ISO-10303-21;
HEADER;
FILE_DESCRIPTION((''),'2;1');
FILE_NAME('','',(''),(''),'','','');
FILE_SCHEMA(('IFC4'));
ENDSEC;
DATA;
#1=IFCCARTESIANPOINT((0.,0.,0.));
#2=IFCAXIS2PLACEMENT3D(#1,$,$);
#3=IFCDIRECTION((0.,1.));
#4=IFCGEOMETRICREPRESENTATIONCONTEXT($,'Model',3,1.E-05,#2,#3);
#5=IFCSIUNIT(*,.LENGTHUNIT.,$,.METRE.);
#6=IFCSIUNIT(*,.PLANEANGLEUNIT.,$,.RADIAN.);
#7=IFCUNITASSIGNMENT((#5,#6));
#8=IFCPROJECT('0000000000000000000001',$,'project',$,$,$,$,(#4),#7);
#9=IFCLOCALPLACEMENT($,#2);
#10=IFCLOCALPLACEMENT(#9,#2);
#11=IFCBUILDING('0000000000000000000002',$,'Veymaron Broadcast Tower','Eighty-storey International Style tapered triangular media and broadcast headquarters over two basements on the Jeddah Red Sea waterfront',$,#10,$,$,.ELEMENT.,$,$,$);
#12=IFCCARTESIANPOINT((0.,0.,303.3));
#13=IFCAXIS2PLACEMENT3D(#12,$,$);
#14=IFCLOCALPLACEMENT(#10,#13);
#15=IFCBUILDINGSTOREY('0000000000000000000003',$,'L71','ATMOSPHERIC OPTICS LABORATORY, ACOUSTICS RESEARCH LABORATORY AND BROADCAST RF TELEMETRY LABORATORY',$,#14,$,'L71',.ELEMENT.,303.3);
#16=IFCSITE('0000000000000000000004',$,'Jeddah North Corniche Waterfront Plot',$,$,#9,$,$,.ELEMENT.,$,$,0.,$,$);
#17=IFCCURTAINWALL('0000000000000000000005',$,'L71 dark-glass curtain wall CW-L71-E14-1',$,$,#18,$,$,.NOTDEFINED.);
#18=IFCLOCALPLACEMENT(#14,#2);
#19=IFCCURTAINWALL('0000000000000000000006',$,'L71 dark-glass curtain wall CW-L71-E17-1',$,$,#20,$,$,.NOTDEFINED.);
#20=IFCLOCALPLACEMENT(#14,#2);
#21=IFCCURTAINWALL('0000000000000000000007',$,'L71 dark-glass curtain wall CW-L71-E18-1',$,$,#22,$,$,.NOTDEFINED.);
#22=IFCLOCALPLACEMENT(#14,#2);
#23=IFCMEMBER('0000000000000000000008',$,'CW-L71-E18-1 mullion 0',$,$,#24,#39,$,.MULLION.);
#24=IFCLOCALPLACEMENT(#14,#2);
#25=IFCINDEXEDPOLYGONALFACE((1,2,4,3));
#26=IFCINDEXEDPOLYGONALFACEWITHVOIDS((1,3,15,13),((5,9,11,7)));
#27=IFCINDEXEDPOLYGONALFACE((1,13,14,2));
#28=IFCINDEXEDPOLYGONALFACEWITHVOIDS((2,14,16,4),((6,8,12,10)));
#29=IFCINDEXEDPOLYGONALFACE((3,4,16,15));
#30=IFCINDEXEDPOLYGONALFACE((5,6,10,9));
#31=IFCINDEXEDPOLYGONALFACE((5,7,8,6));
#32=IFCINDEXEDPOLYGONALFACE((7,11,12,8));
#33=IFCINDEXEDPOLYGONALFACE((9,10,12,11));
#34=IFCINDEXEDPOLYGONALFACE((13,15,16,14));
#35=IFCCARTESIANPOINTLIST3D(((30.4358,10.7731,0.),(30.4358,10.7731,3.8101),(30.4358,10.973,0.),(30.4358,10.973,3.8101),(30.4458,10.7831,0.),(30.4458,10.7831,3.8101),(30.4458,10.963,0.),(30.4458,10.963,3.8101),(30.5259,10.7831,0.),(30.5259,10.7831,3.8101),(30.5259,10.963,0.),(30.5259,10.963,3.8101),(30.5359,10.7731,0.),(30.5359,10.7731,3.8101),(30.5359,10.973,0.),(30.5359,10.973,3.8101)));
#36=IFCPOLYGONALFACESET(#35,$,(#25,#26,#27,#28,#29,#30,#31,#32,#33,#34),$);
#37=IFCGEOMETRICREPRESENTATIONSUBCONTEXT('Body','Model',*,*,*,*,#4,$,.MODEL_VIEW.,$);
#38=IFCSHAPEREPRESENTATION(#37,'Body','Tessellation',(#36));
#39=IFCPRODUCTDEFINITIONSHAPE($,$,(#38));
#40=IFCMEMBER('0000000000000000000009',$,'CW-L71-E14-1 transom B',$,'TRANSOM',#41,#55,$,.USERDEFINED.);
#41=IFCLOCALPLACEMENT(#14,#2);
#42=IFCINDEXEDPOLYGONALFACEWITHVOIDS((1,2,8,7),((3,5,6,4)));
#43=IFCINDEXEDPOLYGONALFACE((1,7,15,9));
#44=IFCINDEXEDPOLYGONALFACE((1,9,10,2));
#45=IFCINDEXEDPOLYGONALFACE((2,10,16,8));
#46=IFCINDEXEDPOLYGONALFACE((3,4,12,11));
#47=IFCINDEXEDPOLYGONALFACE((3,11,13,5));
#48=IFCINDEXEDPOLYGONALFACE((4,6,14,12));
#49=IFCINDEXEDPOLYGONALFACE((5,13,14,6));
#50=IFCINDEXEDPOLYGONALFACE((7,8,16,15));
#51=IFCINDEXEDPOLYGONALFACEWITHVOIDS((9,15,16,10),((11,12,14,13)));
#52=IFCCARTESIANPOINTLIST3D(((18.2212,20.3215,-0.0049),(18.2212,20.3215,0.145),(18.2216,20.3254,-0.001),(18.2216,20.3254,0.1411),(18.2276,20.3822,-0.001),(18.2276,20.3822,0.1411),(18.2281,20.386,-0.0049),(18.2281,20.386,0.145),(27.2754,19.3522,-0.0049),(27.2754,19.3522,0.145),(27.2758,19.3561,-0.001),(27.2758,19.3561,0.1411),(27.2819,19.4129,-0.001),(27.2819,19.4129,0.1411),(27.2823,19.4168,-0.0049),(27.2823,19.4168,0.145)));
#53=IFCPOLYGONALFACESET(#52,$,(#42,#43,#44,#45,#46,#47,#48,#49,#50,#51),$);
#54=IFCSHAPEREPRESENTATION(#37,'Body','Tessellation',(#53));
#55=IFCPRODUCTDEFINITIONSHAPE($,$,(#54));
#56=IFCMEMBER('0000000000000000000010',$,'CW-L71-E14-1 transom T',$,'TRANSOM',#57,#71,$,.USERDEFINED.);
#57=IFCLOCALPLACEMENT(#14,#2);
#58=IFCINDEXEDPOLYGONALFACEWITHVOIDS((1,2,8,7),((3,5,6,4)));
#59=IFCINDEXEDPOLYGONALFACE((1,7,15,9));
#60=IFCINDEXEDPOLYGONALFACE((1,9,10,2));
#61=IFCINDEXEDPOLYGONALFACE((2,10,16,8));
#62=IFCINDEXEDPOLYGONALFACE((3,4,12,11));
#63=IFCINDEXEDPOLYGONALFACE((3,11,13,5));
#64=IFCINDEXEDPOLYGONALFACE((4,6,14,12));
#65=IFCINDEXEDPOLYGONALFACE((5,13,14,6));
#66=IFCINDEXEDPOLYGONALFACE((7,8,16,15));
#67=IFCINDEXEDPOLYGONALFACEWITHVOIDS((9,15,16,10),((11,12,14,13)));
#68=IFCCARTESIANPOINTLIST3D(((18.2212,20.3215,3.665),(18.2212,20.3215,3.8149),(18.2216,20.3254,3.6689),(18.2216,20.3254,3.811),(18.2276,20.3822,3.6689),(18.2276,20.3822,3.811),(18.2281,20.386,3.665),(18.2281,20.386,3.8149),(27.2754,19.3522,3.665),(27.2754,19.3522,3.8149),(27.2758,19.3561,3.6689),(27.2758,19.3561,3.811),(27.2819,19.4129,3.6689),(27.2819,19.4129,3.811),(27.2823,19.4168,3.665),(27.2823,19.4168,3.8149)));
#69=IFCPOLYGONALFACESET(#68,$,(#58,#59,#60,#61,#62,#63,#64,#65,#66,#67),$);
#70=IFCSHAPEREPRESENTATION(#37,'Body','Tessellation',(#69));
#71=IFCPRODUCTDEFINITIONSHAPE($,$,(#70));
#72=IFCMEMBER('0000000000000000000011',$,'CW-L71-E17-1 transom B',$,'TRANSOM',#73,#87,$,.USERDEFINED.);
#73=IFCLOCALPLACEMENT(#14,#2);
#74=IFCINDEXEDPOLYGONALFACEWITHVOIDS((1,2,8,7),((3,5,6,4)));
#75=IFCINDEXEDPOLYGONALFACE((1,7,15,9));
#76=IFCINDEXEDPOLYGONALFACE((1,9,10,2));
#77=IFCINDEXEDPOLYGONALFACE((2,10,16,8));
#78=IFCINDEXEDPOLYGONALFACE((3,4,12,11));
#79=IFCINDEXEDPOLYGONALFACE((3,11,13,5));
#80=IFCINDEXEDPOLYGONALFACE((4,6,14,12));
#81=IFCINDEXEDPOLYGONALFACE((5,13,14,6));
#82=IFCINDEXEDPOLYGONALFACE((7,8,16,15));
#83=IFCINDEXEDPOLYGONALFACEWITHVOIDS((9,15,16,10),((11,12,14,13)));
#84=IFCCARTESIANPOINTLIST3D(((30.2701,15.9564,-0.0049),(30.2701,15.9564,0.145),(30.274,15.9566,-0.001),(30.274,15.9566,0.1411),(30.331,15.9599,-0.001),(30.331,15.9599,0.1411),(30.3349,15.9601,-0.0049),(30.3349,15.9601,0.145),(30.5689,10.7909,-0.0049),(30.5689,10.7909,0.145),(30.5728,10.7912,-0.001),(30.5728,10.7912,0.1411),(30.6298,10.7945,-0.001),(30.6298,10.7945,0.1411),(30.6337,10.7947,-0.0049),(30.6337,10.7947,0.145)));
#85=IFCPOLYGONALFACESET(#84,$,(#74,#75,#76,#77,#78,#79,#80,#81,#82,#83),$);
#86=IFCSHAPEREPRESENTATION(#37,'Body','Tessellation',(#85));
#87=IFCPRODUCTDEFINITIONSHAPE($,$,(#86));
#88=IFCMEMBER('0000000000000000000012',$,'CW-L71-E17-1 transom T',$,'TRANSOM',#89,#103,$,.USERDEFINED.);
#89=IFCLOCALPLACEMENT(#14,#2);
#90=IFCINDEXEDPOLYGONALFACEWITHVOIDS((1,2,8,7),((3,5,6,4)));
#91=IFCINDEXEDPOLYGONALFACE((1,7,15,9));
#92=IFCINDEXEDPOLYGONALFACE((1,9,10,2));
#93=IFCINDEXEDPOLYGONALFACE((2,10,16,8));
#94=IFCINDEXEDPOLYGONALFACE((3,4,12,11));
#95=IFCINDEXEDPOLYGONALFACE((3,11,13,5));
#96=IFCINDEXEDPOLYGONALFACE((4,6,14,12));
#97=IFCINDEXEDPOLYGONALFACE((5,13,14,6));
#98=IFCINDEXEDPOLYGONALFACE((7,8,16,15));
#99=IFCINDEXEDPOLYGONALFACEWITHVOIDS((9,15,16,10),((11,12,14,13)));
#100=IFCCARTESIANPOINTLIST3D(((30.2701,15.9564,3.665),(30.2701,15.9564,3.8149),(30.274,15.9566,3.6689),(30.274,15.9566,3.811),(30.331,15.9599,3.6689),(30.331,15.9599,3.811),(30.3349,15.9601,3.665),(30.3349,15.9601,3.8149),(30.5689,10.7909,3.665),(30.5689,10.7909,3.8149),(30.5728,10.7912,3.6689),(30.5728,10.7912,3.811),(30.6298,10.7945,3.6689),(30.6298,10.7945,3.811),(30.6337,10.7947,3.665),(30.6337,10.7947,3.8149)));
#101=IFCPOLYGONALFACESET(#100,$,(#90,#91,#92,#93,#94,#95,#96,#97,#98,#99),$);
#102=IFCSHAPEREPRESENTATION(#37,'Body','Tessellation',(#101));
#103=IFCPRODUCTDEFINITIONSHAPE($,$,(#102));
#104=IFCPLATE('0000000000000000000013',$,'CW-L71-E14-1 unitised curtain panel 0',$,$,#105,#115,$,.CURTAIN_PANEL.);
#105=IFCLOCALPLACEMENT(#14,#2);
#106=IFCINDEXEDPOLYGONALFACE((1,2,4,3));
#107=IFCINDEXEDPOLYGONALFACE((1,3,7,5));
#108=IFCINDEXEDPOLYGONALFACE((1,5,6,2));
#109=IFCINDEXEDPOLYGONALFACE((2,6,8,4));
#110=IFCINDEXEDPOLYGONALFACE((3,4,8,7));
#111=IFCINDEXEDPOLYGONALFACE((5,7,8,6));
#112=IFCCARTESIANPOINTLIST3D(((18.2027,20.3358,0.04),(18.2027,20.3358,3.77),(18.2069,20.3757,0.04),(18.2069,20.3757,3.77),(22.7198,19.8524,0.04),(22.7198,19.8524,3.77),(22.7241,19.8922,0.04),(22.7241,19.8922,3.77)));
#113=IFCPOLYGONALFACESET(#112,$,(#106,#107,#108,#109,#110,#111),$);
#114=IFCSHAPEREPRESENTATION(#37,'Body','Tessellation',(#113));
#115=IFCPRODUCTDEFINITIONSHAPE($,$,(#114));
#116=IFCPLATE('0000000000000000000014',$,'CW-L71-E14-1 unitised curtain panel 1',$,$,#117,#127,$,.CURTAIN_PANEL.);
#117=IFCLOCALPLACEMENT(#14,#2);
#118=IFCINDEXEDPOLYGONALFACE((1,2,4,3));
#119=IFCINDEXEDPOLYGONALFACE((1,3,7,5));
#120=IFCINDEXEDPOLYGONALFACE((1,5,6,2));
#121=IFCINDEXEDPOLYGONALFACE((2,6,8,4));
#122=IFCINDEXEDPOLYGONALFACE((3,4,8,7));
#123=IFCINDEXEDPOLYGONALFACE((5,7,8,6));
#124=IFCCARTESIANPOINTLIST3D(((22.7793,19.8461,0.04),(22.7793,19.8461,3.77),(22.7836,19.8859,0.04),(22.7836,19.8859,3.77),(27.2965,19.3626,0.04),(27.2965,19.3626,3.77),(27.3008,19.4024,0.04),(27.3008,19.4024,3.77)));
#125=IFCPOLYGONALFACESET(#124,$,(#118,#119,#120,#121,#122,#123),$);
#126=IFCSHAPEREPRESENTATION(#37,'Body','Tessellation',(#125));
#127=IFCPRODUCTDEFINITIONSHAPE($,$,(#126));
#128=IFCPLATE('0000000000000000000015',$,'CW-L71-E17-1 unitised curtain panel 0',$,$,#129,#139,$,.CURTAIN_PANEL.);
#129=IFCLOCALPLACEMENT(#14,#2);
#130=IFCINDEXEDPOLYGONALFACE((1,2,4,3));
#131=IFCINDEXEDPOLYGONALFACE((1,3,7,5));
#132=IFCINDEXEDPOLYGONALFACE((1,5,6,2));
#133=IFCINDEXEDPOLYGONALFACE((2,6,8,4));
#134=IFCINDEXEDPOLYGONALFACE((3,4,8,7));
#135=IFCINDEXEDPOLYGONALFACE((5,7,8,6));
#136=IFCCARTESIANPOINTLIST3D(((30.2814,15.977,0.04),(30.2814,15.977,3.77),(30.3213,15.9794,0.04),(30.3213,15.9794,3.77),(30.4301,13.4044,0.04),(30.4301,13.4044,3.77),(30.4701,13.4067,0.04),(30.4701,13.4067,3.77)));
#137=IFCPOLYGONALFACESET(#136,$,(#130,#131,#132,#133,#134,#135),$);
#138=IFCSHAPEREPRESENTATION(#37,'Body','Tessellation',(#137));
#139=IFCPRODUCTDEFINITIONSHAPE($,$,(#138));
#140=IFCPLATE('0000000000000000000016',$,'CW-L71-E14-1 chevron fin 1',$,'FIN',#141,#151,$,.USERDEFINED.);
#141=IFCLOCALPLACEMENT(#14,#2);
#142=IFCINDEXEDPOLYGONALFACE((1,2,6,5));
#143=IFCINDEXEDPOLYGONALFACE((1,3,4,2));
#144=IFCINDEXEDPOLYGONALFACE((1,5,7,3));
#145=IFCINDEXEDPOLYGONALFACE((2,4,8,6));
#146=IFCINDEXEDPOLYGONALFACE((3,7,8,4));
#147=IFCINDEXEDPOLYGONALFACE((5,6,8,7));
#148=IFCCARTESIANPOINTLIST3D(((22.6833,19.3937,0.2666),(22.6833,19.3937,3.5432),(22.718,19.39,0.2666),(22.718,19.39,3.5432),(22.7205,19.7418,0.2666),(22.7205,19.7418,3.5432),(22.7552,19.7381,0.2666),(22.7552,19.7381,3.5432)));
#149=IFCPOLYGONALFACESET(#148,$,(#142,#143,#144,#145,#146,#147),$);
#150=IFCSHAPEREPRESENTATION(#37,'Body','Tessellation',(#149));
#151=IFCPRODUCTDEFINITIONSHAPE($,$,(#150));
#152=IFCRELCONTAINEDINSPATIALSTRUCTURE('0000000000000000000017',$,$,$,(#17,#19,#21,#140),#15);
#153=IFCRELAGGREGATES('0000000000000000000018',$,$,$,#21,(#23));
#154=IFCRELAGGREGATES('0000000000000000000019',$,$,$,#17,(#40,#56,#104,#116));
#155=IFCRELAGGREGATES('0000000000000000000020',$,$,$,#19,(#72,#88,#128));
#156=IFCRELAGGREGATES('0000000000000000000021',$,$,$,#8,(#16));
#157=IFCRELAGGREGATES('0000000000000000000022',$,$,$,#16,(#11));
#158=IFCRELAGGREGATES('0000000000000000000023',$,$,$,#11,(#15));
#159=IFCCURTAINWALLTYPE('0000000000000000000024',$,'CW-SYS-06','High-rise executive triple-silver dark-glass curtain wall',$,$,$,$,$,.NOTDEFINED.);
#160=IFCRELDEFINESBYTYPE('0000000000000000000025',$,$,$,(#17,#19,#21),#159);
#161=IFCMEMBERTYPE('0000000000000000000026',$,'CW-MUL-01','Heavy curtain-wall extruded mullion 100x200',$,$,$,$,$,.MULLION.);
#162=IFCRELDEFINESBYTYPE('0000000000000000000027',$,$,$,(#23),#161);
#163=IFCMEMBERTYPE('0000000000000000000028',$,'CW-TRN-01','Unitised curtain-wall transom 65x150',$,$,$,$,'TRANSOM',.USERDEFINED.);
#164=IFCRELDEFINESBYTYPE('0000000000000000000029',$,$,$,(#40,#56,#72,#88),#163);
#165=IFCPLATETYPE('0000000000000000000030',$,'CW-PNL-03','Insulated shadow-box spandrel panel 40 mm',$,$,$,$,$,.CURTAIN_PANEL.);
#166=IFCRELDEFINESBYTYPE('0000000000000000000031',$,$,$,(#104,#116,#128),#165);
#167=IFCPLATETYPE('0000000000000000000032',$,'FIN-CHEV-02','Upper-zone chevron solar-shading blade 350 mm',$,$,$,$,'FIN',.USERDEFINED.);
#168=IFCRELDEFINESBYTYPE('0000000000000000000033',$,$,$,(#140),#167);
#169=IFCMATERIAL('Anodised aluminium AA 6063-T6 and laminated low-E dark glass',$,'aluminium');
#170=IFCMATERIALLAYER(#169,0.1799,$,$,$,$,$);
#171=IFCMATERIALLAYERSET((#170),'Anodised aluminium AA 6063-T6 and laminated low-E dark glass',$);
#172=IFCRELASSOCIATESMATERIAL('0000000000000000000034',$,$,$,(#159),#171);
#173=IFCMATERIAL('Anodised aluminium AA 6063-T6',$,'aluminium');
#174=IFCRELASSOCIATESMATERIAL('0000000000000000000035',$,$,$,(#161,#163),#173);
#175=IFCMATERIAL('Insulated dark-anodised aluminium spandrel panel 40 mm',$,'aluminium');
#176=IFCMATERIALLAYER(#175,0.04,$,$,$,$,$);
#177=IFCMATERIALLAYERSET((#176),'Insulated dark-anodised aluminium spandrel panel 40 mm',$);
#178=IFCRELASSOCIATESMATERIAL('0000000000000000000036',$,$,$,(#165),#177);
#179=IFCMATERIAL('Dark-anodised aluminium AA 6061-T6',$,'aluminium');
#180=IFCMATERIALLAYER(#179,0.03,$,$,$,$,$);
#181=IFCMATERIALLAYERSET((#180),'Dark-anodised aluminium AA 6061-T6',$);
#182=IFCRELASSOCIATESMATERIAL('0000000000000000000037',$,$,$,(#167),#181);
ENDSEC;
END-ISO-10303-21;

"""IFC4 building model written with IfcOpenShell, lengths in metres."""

from ifc_helpers import new_model, si_unit, direction, frame, origin, origin_2d, place, context, subcontext, project, spatial, rectangle, hollow_rectangle, extrude, material, layer, layer_set, material_profile, profile_set, type_object, element, aggregate, save


model = new_model("IFC4")

# Units and contexts
model_context = context("Model", 3, precision=1e-05, world=origin(), true_north=direction((0.0, 1.0)))
body_context = subcontext(model_context, "Body", "Model", "MODEL_VIEW")
ifc_project = project(units=[si_unit("LENGTHUNIT", "METRE"), si_unit("PLANEANGLEUNIT", "RADIAN")], contexts=[model_context])

# Site, building, storey
site_placement = place(None, origin())
site = spatial("IfcSite", under=ifc_project, at=site_placement, Name="Jeddah North Corniche Waterfront Plot", CompositionType="ELEMENT", RefElevation=0.0)
building_placement = place(site_placement, origin())
building = spatial("IfcBuilding", under=site, at=building_placement, Name="Veymaron Broadcast Tower", Description="Eighty-storey International Style tapered triangular media and broadcast headquarters over two basements on the Jeddah Red Sea waterfront", CompositionType="ELEMENT")
storey_placement = place(building_placement, frame((0.0, 0.0, 303.3)))
storey = spatial("IfcBuildingStorey", under=building, at=storey_placement, Name="L71", Description="ATMOSPHERIC OPTICS LABORATORY, ACOUSTICS RESEARCH LABORATORY AND BROADCAST RF TELEMETRY LABORATORY", LongName="L71", CompositionType="ELEMENT", Elevation=303.3)

# Curtain walls
ifc_material_1 = material(Name="Anodised aluminium AA 6063-T6 and laminated low-E dark glass", Category="aluminium")
ifc_layer_1 = layer(ifc_material_1, 0.1799)
ifc_layer_set_1 = layer_set([ifc_layer_1], Name="Anodised aluminium AA 6063-T6 and laminated low-E dark glass")
curtain_wall_type = type_object("IfcCurtainWallType", Name="CW-SYS-06", Description="High-rise executive triple-silver dark-glass curtain wall", PredefinedType="NOTDEFINED", material=ifc_layer_set_1)
curtain_wall_1_placement = place(storey_placement, origin())
curtain_wall_1 = element("IfcCurtainWall", 1, at=curtain_wall_1_placement, inside=storey, type_object=curtain_wall_type, Name="L71 dark-glass curtain wall CW-L71-E14-1", PredefinedType="NOTDEFINED")
ifc_material_2 = material(Name="Anodised aluminium AA 6063-T6", Category="aluminium")
ifc_material_profile_1 = material_profile(ifc_material_2, hollow_rectangle(XDim=0.1001, YDim=0.2, WallThickness=0.01, at=origin_2d()), Name="RHS200X100X10")
ifc_profile_set_1 = profile_set([ifc_material_profile_1], Name="Anodised aluminium AA 6063-T6")
member_type_1 = type_object("IfcMemberType", Name="CW-MUL-01", Description="Heavy curtain-wall extruded mullion 100x200", PredefinedType="MULLION", material=ifc_profile_set_1)
curtain_wall_2_placement = place(storey_placement, origin())
curtain_wall_2 = element("IfcCurtainWall", 2, at=curtain_wall_2_placement, inside=storey, type_object=curtain_wall_type, Name="L71 dark-glass curtain wall CW-L71-E17-1", PredefinedType="NOTDEFINED")

# Curtain wall, member
curtain_wall_3_placement = place(storey_placement, origin())
curtain_wall_3 = element("IfcCurtainWall", 3, at=curtain_wall_3_placement, inside=storey, type_object=curtain_wall_type, Name="L71 dark-glass curtain wall CW-L71-E18-1", PredefinedType="NOTDEFINED")
member_1_placement = place(storey_placement, frame((30.4858, 10.873, 0.0), z_axis=(0.0, 0.0, 1.0), x_axis=(1.0, 0.0, 0.0)))
member_1 = element("IfcMember", 4, at=member_1_placement, type_object=member_type_1, Name="CW-L71-E18-1 mullion 0", PredefinedType="MULLION", context=body_context, shape_type="SweptSolid", body=[
    extrude(hollow_rectangle(XDim=0.1001, YDim=0.2, WallThickness=0.01, at=origin_2d()), origin(), (0.0, 0.0, 1.0), 3.8101),
])
aggregate(curtain_wall_3, [member_1])

# Members
ifc_material_profile_2 = material_profile(ifc_material_2, hollow_rectangle(XDim=0.0649, YDim=0.1499, WallThickness=0.0039, at=origin_2d()), Name="AL150X65X4")
ifc_profile_set_2 = profile_set([ifc_material_profile_2], Name="Anodised aluminium AA 6063-T6")
member_type_2 = type_object("IfcMemberType", Name="CW-TRN-01", Description="Unitised curtain-wall transom 65x150", ElementType="TRANSOM", PredefinedType="USERDEFINED", material=ifc_profile_set_2)
member_2_placement = place(storey_placement, frame((18.2246, 20.3538, 0.0701), z_axis=(0.994319, -0.10644, 0.0), x_axis=(0.10644, 0.994319, 0.0)))
member_2 = element("IfcMember", 5, at=member_2_placement, type_object=member_type_2, Name="CW-L71-E14-1 transom B", ObjectType="TRANSOM", PredefinedType="USERDEFINED", context=body_context, shape_type="SweptSolid", body=[
    extrude(hollow_rectangle(XDim=0.0649, YDim=0.1499, WallThickness=0.0039, at=origin_2d()), origin(), (0.0, 0.0, 1.0), 9.106),
])
member_3_placement = place(storey_placement, frame((18.2246, 20.3538, 3.74), z_axis=(0.994319, -0.10644, 0.0), x_axis=(0.10644, 0.994319, 0.0)))
member_3 = element("IfcMember", 6, at=member_3_placement, type_object=member_type_2, Name="CW-L71-E14-1 transom T", ObjectType="TRANSOM", PredefinedType="USERDEFINED", context=body_context, shape_type="SweptSolid", body=[
    extrude(hollow_rectangle(XDim=0.0649, YDim=0.1499, WallThickness=0.0039, at=origin_2d()), origin(), (0.0, 0.0, 1.0), 9.106),
])
member_4_placement = place(storey_placement, frame((30.3025, 15.9583, 0.0701), z_axis=(0.057754, -0.998331, 0.0), x_axis=(0.998331, 0.057754, 0.0)))
member_4 = element("IfcMember", 7, at=member_4_placement, type_object=member_type_2, Name="CW-L71-E17-1 transom B", ObjectType="TRANSOM", PredefinedType="USERDEFINED", context=body_context, shape_type="SweptSolid", body=[
    extrude(hollow_rectangle(XDim=0.0649, YDim=0.1499, WallThickness=0.0039, at=origin_2d()), origin(), (0.0, 0.0, 1.0), 5.1741),
])
member_5_placement = place(storey_placement, frame((30.3025, 15.9583, 3.74), z_axis=(0.057754, -0.998331, 0.0), x_axis=(0.998331, 0.057754, 0.0)))
member_5 = element("IfcMember", 8, at=member_5_placement, type_object=member_type_2, Name="CW-L71-E17-1 transom T", ObjectType="TRANSOM", PredefinedType="USERDEFINED", context=body_context, shape_type="SweptSolid", body=[
    extrude(hollow_rectangle(XDim=0.0649, YDim=0.1499, WallThickness=0.0039, at=origin_2d()), origin(), (0.0, 0.0, 1.0), 5.1741),
])

# Plates
ifc_material_3 = material(Name="Insulated dark-anodised aluminium spandrel panel 40 mm", Category="aluminium")
ifc_layer_2 = layer(ifc_material_3, 0.04)
ifc_layer_set_2 = layer_set([ifc_layer_2], Name="Insulated dark-anodised aluminium spandrel panel 40 mm")
plate_type_1 = type_object("IfcPlateType", Name="CW-PNL-03", Description="Insulated shadow-box spandrel panel 40 mm", PredefinedType="CURTAIN_PANEL", material=ifc_layer_set_2)
plate_1_placement = place(storey_placement, frame((20.4634, 20.114, 0.04), z_axis=(0.0, 0.0, 1.0), x_axis=(0.994321, -0.10642, 0.0)))
plate_1 = element("IfcPlate", 9, at=plate_1_placement, type_object=plate_type_1, Name="CW-L71-E14-1 unitised curtain panel 0", PredefinedType="CURTAIN_PANEL", context=body_context, shape_type="SweptSolid", body=[
    extrude(rectangle(XDim=4.543, YDim=0.04, at=origin_2d()), origin(), (0.0, 0.0, 1.0), 3.73),
])
plate_2_placement = place(storey_placement, frame((25.04, 19.6243, 0.04), z_axis=(0.0, 0.0, 1.0), x_axis=(0.994321, -0.10642, 0.0)))
plate_2 = element("IfcPlate", 10, at=plate_2_placement, type_object=plate_type_1, Name="CW-L71-E14-1 unitised curtain panel 1", PredefinedType="CURTAIN_PANEL", context=body_context, shape_type="SweptSolid", body=[
    extrude(rectangle(XDim=4.543, YDim=0.04, at=origin_2d()), origin(), (0.0, 0.0, 1.0), 3.73),
])
aggregate(curtain_wall_1, [member_2, member_3, plate_1, plate_2])
plate_3_placement = place(storey_placement, frame((30.3757, 14.6919, 0.04), z_axis=(0.0, 0.0, 1.0), x_axis=(0.057721, -0.998333, 0.0)))
plate_3 = element("IfcPlate", 11, at=plate_3_placement, type_object=plate_type_1, Name="CW-L71-E17-1 unitised curtain panel 0", PredefinedType="CURTAIN_PANEL", context=body_context, shape_type="SweptSolid", body=[
    extrude(rectangle(XDim=2.5769, YDim=0.04, at=origin_2d()), origin(), (0.0, 0.0, 1.0), 3.73),
])
aggregate(curtain_wall_2, [member_4, member_5, plate_3])
ifc_material_4 = material(Name="Dark-anodised aluminium AA 6061-T6", Category="aluminium")
ifc_layer_3 = layer(ifc_material_4, 0.03)
ifc_layer_set_3 = layer_set([ifc_layer_3], Name="Dark-anodised aluminium AA 6061-T6")
plate_type_2 = type_object("IfcPlateType", Name="FIN-CHEV-02", Description="Upper-zone chevron solar-shading blade 350 mm", ElementType="FIN", PredefinedType="USERDEFINED", material=ifc_layer_set_3)
plate_4_placement = place(storey_placement, frame((22.7192, 19.5659, 0.2666), z_axis=(0.0, 0.0, 1.0), x_axis=(-0.10642, -0.994321, 0.0)))
element("IfcPlate", 12, at=plate_4_placement, inside=storey, type_object=plate_type_2, Name="CW-L71-E14-1 chevron fin 1", ObjectType="FIN", PredefinedType="USERDEFINED", context=body_context, shape_type="SweptSolid", body=[
    extrude(rectangle(XDim=0.3501, YDim=0.0349, at=origin_2d()), origin(), (0.0, 0.0, 1.0), 3.2766),
])

save(model, "model.ifc")
